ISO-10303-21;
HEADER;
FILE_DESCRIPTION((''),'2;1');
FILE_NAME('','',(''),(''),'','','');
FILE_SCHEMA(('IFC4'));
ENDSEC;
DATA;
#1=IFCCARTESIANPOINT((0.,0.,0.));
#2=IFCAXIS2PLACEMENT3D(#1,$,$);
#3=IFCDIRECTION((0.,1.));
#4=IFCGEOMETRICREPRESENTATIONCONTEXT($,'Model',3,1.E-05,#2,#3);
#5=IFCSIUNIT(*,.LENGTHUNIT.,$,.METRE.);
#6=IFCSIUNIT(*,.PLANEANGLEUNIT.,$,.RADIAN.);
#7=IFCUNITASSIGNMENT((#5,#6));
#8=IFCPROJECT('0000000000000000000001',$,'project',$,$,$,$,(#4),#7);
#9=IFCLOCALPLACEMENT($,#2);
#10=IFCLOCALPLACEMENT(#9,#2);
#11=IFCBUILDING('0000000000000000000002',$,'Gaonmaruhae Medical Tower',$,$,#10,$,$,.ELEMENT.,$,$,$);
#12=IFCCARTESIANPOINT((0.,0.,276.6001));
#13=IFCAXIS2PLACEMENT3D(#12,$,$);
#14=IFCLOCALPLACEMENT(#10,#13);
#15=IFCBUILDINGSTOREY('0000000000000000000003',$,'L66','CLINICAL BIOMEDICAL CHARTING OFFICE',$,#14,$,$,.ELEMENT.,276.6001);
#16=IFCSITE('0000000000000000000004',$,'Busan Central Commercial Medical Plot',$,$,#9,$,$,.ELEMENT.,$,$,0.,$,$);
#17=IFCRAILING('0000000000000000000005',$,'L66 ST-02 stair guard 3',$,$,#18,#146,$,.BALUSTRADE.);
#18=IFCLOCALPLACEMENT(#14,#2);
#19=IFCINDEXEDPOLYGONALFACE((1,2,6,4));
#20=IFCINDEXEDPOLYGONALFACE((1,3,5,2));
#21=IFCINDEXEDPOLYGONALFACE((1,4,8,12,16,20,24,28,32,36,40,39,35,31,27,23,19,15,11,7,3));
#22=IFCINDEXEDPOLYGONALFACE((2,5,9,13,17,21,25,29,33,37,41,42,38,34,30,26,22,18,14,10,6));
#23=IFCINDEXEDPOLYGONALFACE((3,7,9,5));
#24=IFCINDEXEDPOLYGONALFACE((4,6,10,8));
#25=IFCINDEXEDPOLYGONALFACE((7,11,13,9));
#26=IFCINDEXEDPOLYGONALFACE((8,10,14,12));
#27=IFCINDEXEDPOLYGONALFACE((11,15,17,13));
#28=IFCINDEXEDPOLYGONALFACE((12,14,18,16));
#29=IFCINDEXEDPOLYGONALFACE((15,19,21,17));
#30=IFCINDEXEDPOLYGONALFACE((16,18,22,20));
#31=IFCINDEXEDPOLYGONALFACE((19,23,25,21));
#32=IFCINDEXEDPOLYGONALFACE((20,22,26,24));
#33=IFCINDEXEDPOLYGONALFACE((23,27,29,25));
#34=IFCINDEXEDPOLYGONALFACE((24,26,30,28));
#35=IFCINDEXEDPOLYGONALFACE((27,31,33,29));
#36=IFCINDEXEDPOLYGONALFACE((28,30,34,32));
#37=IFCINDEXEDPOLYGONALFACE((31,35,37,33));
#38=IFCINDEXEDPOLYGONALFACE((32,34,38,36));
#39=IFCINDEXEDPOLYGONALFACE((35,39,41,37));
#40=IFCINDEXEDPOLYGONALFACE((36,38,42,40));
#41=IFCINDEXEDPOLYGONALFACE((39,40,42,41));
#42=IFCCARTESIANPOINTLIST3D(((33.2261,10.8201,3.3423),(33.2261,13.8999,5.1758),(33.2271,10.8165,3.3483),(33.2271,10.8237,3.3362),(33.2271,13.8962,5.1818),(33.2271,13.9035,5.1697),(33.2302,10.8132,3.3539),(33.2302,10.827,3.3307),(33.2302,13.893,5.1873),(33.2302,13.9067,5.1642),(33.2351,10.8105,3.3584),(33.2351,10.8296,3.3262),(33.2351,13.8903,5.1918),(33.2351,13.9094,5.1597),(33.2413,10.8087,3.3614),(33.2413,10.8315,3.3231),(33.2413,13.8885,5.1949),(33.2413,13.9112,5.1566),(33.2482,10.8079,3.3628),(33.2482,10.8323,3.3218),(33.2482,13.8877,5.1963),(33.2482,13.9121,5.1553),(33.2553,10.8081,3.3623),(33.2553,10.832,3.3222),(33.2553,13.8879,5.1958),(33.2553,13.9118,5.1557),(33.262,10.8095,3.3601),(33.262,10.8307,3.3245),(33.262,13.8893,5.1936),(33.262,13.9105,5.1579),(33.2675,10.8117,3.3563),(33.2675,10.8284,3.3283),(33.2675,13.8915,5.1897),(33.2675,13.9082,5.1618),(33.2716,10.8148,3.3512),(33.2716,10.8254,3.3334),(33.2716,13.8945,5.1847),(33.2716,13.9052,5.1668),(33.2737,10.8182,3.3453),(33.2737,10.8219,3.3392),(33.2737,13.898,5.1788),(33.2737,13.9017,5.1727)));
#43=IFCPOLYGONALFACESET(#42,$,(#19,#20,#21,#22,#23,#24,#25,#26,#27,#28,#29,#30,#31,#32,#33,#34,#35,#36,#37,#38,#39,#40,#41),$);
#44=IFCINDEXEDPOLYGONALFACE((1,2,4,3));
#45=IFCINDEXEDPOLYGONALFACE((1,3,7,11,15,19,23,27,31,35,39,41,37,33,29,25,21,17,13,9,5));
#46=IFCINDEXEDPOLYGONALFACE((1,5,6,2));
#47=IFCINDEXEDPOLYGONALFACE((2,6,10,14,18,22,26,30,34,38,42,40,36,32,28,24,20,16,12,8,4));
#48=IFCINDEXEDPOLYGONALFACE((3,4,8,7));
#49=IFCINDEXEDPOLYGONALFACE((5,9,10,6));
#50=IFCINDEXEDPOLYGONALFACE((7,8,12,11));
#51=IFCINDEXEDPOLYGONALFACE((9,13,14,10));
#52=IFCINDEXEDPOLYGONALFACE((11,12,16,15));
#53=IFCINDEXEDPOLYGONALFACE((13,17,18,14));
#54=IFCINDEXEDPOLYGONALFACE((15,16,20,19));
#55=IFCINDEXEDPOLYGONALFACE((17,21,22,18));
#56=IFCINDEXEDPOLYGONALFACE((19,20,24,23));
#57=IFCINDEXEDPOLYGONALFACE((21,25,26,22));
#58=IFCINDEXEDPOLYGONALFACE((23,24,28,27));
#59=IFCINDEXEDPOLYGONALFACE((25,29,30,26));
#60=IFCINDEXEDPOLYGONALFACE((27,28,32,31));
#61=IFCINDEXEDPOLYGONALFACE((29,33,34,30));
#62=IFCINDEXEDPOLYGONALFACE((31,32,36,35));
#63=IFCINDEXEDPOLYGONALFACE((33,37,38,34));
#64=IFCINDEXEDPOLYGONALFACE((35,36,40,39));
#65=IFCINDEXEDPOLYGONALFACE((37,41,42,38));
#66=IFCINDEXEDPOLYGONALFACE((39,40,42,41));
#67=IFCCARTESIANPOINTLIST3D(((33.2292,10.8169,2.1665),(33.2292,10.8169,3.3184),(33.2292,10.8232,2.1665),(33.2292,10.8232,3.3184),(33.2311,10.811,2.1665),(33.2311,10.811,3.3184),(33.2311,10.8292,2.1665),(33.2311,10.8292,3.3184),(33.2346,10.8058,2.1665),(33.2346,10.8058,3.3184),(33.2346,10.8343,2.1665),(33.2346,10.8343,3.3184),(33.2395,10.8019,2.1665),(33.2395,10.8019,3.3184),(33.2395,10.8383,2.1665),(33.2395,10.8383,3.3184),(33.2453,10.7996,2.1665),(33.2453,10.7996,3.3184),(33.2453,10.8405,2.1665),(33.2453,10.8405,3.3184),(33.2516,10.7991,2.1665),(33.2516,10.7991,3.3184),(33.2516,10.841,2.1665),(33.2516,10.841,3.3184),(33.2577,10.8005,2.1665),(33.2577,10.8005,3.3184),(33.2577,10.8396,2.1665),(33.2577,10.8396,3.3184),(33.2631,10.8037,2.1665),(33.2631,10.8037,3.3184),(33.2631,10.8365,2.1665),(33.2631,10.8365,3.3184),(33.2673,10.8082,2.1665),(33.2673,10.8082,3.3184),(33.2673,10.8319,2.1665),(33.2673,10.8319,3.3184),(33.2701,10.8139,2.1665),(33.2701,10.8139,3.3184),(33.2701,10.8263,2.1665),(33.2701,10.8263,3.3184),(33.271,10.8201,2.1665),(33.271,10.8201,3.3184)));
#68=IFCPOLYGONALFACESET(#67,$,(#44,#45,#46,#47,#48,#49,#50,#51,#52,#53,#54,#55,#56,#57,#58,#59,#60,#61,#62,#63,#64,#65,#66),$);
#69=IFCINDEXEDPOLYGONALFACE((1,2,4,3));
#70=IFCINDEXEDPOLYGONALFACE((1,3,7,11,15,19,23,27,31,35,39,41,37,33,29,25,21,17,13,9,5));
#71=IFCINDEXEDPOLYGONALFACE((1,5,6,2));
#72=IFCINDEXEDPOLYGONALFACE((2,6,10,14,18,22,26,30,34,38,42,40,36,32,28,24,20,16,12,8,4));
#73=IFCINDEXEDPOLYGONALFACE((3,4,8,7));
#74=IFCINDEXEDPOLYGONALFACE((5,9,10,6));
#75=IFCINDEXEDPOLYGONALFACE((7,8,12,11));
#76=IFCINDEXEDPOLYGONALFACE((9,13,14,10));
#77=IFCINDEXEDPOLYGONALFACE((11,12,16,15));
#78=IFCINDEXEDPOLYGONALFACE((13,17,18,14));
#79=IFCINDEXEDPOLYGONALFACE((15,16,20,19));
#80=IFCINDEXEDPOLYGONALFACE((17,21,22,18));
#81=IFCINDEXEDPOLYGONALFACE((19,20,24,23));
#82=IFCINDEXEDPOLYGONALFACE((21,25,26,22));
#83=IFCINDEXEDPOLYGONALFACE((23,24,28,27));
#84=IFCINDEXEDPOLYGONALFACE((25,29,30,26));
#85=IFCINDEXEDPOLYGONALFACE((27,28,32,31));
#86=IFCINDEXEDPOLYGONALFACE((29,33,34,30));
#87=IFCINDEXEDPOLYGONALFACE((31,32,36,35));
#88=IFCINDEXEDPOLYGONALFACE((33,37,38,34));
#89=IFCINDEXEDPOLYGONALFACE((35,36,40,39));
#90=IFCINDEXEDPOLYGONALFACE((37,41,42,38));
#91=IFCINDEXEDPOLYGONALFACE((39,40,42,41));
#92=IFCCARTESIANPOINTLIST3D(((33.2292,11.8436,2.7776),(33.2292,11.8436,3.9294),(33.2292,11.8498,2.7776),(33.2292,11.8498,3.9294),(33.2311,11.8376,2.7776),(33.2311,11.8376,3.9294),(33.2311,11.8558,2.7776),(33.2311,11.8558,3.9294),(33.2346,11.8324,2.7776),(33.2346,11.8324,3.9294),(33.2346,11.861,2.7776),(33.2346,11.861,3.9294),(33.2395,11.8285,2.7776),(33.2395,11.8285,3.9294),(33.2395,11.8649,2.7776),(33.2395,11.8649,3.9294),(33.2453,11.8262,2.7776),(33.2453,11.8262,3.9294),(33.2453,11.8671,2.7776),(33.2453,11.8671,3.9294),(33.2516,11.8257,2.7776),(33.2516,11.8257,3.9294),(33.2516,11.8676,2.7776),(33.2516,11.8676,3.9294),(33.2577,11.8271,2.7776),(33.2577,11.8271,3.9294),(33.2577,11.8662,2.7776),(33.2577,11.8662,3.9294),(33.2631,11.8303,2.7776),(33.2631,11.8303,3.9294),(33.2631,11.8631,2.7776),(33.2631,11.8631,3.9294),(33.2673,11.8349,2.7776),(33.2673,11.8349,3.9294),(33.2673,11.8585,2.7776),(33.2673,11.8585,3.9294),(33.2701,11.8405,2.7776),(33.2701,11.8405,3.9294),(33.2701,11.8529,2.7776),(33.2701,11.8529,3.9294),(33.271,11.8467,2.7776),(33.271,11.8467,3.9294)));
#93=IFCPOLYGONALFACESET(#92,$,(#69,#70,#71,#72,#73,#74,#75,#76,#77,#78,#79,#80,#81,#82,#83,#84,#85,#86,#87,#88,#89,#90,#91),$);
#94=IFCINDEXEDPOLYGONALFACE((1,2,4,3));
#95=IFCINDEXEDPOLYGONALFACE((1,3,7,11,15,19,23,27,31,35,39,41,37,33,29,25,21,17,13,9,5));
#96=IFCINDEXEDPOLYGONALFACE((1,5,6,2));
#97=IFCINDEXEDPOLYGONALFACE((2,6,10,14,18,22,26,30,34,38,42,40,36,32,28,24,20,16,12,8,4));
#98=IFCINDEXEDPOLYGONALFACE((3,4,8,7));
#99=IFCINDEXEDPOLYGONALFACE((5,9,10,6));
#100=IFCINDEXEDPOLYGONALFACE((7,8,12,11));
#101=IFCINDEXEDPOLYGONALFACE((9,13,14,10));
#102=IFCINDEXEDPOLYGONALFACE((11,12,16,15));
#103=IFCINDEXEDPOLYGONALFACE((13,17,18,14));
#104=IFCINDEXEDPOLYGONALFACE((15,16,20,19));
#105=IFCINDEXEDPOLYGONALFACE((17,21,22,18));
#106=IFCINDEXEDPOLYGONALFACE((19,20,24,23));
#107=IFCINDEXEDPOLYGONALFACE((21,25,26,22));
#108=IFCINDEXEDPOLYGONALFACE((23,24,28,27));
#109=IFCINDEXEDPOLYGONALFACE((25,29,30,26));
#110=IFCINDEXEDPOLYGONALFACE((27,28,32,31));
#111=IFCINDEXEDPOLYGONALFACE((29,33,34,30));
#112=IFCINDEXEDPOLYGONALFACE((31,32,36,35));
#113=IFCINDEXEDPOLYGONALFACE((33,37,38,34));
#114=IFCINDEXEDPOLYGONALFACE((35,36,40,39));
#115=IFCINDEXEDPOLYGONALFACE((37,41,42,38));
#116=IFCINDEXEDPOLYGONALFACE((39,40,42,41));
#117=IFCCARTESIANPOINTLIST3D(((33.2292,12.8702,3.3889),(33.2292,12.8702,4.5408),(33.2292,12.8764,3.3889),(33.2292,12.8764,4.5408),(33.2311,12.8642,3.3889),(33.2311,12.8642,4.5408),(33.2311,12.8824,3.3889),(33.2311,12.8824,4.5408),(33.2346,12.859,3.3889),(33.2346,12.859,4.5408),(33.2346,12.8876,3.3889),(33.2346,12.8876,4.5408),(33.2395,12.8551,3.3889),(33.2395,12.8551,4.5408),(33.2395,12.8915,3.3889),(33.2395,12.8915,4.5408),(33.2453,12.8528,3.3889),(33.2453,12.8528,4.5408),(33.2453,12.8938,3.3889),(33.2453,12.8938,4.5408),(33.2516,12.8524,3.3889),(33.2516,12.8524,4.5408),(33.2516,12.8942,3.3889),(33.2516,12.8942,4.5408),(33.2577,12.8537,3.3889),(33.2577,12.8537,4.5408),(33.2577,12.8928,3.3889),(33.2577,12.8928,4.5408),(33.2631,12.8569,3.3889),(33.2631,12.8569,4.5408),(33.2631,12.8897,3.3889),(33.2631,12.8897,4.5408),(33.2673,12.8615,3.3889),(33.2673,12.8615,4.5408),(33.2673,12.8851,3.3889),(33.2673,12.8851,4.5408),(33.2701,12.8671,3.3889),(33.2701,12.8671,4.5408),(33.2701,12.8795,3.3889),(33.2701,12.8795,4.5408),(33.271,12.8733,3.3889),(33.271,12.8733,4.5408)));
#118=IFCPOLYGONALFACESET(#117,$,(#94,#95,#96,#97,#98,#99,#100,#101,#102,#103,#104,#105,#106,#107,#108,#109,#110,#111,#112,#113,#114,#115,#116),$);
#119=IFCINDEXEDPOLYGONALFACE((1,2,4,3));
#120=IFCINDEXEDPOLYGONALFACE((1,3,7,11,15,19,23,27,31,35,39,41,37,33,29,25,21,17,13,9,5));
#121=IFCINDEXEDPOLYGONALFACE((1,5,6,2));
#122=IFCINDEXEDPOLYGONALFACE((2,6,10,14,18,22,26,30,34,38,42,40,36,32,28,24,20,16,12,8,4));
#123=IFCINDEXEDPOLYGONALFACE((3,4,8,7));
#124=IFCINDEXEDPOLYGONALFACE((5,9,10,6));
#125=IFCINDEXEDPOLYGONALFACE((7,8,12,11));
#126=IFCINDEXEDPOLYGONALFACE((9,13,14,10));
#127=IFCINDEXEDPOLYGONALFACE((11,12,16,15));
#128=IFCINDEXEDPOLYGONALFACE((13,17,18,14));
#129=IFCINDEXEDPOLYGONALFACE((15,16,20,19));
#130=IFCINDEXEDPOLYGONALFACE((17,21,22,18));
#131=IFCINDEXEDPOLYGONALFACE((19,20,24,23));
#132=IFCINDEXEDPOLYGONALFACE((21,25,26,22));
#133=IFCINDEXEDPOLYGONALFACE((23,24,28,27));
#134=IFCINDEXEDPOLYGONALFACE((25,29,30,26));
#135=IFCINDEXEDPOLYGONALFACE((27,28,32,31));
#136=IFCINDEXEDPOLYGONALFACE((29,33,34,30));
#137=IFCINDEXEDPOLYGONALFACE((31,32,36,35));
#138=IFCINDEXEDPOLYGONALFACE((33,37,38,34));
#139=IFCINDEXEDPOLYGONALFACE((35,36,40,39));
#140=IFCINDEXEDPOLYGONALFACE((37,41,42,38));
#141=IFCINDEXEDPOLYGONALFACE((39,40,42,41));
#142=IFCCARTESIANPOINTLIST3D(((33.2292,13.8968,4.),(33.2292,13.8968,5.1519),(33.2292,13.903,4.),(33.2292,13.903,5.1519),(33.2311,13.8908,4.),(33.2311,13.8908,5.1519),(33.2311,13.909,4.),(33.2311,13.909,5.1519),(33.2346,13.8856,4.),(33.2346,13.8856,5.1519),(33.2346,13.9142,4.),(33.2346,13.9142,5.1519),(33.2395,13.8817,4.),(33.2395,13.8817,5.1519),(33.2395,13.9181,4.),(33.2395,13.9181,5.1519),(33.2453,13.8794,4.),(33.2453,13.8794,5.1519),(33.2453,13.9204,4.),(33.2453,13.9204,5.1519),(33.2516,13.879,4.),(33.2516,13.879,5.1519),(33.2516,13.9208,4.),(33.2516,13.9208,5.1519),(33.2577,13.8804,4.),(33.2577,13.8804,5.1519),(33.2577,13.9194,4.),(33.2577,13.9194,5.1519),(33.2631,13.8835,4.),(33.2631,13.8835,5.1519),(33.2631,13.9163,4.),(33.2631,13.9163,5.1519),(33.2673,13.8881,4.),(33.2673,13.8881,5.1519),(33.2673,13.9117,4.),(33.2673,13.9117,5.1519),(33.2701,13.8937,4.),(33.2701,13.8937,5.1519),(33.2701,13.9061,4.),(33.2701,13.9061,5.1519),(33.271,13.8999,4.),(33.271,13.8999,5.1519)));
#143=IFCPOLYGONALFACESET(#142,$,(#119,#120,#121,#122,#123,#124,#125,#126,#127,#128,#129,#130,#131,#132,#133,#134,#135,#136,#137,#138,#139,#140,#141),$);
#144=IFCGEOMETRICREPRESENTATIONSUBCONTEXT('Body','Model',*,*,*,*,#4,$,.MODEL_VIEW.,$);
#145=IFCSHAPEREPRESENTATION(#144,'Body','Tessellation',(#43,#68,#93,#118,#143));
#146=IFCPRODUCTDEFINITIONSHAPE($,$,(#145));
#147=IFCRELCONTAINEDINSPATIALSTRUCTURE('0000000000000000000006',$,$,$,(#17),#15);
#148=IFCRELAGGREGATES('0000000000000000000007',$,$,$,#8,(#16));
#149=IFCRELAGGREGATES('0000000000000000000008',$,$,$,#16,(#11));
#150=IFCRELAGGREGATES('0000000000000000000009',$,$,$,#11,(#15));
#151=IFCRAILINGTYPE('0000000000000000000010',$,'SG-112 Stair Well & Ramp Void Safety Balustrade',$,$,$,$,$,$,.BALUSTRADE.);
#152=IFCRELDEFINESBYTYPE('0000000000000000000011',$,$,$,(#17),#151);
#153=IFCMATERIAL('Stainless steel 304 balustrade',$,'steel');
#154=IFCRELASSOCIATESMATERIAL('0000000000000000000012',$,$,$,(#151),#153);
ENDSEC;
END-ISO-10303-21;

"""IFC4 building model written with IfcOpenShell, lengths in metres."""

from ifc_helpers import new_model, si_unit, direction, frame, origin, origin_2d, place, context, subcontext, project, spatial, circle, extrude, material, type_object, element, save


model = new_model("IFC4")

# Units and contexts
model_context = context("Model", 3, precision=1e-05, world=origin(), true_north=direction((0.0, 1.0)))
body_context = subcontext(model_context, "Body", "Model", "MODEL_VIEW")
ifc_project = project(units=[si_unit("LENGTHUNIT", "METRE"), si_unit("PLANEANGLEUNIT", "RADIAN")], contexts=[model_context])

# Site, building, storey
site_placement = place(None, origin())
site = spatial("IfcSite", under=ifc_project, at=site_placement, Name="Busan Central Commercial Medical Plot", CompositionType="ELEMENT", RefElevation=0.0)
building_placement = place(site_placement, origin())
building = spatial("IfcBuilding", under=site, at=building_placement, Name="Gaonmaruhae Medical Tower", CompositionType="ELEMENT")
storey_placement = place(building_placement, frame((0.0, 0.0, 276.6001)))
storey = spatial("IfcBuildingStorey", under=building, at=storey_placement, Name="L66", Description="CLINICAL BIOMEDICAL CHARTING OFFICE", CompositionType="ELEMENT", Elevation=276.6001)

# Railing
ifc_material_1 = material(Name="Stainless steel 304 balustrade", Category="steel")
railing_type_1 = type_object("IfcRailingType", Name="SG-112 Stair Well & Ramp Void Safety Balustrade", PredefinedType="BALUSTRADE", material=ifc_material_1)
railing_1_placement = place(storey_placement, frame((33.25, 10.8201, 2.1665)))
element("IfcRailing", 1, at=railing_1_placement, inside=storey, type_object=railing_type_1, Name="L66 ST-02 stair guard 3", PredefinedType="BALUSTRADE", context=body_context, shape_type="SweptSolid", body=[
    extrude(circle(Radius=0.0239, at=origin_2d()), frame((0.0, 0.0, 1.1758), z_axis=(0.0, 0.859261, 0.511538), x_axis=(-1.0, 0.0, 0.0)), (0.0, 0.0, 1.0), 3.5842),
    extrude(circle(Radius=0.021, at=origin_2d()), origin(), (0.0, 0.0, 1.0), 1.1519),
    extrude(circle(Radius=0.021, at=origin_2d()), frame((0.0, 1.0266, 0.6111)), (0.0, 0.0, 1.0), 1.1519),
    extrude(circle(Radius=0.021, at=origin_2d()), frame((0.0, 2.0532, 1.2224)), (0.0, 0.0, 1.0), 1.1519),
    extrude(circle(Radius=0.021, at=origin_2d()), frame((0.0, 3.0798, 1.8335)), (0.0, 0.0, 1.0), 1.1519),
])

save(model, "model.ifc")
